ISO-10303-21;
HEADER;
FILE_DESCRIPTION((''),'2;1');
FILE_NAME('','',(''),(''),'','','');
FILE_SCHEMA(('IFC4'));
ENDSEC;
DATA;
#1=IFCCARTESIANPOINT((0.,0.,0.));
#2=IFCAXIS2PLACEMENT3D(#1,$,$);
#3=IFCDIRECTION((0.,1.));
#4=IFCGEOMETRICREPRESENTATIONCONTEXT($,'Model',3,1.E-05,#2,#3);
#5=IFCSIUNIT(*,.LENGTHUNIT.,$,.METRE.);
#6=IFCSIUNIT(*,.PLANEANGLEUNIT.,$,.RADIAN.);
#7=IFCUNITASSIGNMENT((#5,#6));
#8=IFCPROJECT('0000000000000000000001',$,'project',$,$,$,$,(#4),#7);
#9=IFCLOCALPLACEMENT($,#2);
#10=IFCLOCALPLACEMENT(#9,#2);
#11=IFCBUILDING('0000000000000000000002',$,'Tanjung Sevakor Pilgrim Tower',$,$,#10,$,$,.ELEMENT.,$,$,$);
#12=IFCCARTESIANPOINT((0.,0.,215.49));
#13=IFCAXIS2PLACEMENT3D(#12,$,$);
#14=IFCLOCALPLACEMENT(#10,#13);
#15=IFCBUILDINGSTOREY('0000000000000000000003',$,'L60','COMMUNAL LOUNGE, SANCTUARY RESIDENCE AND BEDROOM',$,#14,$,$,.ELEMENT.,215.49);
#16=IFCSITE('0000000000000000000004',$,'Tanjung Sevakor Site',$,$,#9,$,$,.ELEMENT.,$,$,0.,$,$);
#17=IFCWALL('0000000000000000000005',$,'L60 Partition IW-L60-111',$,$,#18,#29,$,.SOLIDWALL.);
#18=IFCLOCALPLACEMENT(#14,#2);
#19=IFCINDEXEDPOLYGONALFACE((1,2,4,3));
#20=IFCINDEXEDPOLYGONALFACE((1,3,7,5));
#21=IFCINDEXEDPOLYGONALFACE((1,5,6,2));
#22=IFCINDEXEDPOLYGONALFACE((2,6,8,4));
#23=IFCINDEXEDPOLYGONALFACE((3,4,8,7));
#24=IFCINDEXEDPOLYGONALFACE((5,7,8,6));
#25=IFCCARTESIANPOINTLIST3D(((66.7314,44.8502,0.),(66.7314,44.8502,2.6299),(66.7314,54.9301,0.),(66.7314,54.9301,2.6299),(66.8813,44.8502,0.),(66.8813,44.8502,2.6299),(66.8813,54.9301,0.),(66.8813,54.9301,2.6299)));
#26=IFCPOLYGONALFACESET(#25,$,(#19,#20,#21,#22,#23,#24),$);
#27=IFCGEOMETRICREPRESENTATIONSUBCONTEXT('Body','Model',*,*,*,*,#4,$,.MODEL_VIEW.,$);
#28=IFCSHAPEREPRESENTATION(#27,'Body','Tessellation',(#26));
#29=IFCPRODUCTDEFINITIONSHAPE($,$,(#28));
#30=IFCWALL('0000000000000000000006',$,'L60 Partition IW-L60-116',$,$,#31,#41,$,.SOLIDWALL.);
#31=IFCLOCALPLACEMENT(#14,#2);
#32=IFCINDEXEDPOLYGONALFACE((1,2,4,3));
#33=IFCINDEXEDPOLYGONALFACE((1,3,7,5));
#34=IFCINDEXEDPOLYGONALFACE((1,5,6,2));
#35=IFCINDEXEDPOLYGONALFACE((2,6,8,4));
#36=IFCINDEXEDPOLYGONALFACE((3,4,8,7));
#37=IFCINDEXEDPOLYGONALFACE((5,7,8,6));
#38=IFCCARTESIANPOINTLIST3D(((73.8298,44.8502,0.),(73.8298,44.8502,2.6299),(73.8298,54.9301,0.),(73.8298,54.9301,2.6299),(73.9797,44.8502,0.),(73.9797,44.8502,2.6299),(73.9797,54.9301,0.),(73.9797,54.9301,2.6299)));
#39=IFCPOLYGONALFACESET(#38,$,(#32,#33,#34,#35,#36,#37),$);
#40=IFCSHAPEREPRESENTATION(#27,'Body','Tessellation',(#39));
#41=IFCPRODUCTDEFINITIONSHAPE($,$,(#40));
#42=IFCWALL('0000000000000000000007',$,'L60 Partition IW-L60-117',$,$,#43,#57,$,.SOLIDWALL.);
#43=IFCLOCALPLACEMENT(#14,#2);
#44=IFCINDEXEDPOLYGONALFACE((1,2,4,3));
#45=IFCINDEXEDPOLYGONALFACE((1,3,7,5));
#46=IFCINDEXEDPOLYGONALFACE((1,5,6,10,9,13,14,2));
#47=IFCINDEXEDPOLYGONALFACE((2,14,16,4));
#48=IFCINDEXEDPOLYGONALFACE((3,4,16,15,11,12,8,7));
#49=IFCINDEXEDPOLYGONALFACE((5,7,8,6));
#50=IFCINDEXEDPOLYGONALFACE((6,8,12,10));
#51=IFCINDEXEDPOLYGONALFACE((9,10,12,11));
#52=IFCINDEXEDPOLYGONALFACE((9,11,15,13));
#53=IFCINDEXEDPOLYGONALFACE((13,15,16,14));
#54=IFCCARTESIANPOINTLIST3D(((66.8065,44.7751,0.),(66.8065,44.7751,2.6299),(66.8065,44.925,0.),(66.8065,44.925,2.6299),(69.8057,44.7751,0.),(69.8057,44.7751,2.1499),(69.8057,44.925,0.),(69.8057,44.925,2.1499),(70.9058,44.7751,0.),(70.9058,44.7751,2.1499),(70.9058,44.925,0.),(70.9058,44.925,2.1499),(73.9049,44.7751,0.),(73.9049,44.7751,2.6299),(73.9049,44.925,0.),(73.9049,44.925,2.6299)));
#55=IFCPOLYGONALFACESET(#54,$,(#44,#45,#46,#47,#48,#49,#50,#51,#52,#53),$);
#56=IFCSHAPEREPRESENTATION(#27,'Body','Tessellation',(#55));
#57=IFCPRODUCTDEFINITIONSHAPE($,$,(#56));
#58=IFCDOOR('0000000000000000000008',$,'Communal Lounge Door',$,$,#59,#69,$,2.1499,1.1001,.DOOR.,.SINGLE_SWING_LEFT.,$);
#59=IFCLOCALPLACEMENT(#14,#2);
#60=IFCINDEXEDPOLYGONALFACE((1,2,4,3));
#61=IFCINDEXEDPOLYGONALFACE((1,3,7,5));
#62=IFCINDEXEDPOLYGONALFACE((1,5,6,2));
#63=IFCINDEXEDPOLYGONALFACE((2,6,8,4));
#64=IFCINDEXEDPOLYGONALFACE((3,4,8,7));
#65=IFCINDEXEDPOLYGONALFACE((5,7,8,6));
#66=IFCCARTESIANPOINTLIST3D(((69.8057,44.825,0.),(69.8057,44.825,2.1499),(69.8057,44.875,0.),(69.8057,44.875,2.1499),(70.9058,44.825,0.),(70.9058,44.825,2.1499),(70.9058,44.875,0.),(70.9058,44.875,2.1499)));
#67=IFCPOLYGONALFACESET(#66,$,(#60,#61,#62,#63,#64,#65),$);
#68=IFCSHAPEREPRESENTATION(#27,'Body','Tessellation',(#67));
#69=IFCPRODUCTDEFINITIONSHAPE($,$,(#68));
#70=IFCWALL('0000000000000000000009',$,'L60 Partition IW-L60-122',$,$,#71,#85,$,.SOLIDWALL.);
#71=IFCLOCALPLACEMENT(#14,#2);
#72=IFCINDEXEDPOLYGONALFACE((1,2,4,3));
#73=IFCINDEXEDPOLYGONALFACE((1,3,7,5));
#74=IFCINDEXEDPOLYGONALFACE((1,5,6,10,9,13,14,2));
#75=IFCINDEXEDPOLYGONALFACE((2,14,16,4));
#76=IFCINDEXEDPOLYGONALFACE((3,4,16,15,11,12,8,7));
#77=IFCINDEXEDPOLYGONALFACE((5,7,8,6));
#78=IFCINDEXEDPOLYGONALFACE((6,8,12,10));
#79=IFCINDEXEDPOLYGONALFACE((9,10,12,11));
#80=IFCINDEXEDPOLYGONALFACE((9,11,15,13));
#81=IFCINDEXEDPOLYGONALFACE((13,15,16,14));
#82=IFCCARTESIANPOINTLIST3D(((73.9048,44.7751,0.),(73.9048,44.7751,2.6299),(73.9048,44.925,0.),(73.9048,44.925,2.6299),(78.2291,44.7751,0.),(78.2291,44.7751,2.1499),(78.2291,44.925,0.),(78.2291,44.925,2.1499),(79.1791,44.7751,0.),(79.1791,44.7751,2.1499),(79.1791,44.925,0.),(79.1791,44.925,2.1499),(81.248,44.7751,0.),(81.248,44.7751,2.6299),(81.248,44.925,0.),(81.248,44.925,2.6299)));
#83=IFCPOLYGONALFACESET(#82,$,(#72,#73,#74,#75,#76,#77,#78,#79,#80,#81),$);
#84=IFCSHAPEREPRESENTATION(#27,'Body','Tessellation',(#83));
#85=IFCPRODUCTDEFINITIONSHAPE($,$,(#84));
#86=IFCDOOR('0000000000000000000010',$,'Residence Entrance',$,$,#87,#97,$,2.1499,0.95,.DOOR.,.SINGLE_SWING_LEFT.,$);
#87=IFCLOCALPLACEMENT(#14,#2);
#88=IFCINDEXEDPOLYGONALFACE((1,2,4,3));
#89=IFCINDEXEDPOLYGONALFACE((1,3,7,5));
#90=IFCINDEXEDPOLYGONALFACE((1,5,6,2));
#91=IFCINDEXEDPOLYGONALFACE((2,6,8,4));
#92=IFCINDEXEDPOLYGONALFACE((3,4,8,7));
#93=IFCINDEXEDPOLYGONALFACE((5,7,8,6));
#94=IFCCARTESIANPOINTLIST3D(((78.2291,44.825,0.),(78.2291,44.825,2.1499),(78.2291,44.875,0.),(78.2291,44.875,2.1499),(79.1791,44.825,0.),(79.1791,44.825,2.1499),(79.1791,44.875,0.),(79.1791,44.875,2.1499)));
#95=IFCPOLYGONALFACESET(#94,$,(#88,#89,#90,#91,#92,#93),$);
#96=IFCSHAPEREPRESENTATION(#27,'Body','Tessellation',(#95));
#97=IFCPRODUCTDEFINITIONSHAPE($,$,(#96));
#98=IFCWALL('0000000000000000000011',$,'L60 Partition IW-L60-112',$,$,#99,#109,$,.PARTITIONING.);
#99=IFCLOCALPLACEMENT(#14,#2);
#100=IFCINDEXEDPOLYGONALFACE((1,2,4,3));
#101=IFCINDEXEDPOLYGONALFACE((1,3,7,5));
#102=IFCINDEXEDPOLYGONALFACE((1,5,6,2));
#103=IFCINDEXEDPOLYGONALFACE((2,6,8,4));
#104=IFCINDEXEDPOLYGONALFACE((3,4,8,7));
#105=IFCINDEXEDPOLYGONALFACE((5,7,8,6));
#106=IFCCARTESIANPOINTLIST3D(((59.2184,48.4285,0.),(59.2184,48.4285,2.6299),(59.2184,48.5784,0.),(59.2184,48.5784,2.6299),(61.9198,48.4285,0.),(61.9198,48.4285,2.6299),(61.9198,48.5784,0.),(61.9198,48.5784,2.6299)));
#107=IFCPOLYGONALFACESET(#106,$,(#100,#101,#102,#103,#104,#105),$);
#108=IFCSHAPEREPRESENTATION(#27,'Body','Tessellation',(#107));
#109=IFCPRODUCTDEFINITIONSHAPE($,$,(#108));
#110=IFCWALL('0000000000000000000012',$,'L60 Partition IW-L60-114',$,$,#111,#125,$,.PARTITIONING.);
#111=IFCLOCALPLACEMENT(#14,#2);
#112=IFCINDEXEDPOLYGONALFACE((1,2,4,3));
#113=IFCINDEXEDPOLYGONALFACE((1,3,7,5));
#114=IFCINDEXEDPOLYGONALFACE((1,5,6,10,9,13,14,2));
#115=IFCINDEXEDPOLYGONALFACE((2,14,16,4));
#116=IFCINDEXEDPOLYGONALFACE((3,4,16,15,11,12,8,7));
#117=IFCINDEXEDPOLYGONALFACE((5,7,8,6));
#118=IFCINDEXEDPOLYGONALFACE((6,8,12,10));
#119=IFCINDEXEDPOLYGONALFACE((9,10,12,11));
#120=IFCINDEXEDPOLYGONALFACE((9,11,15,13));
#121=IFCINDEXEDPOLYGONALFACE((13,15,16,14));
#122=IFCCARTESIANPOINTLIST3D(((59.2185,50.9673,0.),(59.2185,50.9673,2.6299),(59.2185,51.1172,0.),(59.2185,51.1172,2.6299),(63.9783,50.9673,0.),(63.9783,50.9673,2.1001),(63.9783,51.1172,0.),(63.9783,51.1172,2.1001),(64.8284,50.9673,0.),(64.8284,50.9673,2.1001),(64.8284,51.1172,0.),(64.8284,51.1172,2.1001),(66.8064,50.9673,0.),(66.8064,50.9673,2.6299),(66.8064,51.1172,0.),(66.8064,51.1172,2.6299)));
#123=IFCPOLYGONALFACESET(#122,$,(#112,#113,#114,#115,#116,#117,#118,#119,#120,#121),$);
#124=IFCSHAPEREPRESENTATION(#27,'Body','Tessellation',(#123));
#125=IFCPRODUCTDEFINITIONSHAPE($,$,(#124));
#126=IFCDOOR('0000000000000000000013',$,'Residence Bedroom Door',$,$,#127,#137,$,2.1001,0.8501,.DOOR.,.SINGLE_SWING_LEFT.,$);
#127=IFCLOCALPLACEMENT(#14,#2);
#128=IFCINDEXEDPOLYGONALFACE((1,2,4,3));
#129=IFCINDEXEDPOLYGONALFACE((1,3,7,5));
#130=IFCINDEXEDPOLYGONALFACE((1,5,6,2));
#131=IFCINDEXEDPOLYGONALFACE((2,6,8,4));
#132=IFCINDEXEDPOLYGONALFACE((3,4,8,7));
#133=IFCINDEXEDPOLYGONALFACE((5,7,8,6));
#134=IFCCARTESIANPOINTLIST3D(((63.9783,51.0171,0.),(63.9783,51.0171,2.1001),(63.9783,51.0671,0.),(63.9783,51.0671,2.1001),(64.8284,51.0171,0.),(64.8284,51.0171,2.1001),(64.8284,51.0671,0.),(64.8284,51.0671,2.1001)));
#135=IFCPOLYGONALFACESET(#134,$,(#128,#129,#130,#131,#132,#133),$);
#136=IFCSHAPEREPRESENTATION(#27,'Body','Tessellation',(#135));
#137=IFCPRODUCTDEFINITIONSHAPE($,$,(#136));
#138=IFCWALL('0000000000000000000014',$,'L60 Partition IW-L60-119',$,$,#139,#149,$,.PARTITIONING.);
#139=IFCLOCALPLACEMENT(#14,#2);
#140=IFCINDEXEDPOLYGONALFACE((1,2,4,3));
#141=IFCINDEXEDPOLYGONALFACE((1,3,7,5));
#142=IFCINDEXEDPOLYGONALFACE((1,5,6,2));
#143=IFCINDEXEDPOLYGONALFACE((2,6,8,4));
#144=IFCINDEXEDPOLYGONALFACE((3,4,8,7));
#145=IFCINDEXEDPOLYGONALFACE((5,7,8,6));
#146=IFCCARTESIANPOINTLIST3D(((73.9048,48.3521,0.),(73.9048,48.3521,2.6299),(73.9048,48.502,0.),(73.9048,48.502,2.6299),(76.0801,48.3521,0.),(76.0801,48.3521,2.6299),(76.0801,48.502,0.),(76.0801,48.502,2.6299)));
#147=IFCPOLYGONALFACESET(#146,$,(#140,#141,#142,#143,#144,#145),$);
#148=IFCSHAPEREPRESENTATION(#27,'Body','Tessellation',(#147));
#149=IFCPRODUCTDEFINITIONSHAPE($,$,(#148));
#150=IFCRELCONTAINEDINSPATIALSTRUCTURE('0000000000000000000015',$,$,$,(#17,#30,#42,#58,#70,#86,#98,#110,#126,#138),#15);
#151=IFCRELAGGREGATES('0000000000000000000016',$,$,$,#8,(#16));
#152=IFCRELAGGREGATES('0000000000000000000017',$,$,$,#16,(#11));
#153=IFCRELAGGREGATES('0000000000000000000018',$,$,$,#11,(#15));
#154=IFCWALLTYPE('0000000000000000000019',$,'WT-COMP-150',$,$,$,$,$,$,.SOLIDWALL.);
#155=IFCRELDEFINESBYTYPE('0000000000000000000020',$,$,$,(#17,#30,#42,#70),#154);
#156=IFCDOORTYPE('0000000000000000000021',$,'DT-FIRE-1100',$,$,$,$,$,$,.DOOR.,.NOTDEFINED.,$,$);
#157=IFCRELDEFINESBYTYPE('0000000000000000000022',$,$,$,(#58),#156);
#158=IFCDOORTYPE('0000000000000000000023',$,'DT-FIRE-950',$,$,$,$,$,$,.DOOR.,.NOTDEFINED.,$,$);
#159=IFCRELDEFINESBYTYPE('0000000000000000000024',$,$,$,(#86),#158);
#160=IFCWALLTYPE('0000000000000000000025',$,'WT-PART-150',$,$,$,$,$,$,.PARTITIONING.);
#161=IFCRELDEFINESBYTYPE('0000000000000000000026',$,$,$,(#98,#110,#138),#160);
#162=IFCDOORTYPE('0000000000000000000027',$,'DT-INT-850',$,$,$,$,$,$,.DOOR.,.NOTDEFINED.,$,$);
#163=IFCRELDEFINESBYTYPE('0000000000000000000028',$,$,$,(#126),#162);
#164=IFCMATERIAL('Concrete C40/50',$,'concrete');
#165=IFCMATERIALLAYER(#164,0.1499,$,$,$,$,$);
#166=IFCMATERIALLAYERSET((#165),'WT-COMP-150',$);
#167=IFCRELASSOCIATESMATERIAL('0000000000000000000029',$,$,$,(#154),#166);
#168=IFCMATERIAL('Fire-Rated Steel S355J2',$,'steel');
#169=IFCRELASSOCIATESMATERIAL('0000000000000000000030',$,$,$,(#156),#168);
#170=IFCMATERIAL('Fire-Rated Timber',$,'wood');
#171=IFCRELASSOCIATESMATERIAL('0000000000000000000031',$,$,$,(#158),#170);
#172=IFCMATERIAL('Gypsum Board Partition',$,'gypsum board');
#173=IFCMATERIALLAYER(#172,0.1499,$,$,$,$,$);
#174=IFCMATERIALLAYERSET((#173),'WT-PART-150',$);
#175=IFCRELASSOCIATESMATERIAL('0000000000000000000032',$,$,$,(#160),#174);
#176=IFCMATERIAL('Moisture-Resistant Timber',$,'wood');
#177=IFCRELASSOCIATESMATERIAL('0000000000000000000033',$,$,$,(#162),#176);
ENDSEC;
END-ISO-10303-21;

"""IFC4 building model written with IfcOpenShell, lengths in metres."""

from ifc_helpers import new_model, si_unit, direction, frame, frame_2d, origin, place, context, subcontext, project, spatial, rectangle, extrude, material, layer, layer_set, type_object, element, fill, save


model = new_model("IFC4")

# Units and contexts
model_context = context("Model", 3, precision=1e-05, world=origin(), true_north=direction((0.0, 1.0)))
body_context = subcontext(model_context, "Body", "Model", "MODEL_VIEW")
ifc_project = project(units=[si_unit("LENGTHUNIT", "METRE"), si_unit("PLANEANGLEUNIT", "RADIAN")], contexts=[model_context])

# Site, building, storey
site_placement = place(None, origin())
site = spatial("IfcSite", under=ifc_project, at=site_placement, Name="Tanjung Sevakor Site", CompositionType="ELEMENT", RefElevation=0.0)
building_placement = place(site_placement, origin())
building = spatial("IfcBuilding", under=site, at=building_placement, Name="Tanjung Sevakor Pilgrim Tower", CompositionType="ELEMENT")
storey_placement = place(building_placement, frame((0.0, 0.0, 215.49)))
storey = spatial("IfcBuildingStorey", under=building, at=storey_placement, Name="L60", Description="COMMUNAL LOUNGE, SANCTUARY RESIDENCE AND BEDROOM", CompositionType="ELEMENT", Elevation=215.49)

# Walls
ifc_material_1 = material(Name="Concrete C40/50", Category="concrete")
ifc_layer_1 = layer(ifc_material_1, 0.1499)
ifc_layer_set_1 = layer_set([ifc_layer_1], Name="WT-COMP-150")
wall_type_1 = type_object("IfcWallType", Name="WT-COMP-150", PredefinedType="SOLIDWALL", material=ifc_layer_set_1)
for number, where, z_axis, x_axis, name in (
    (1, (66.8064, 44.8501, 0.0), (0.0, 0.0, 1.0), (0.0, 1.0, 0.0), "L60 Partition IW-L60-111"),
    (2, (73.9048, 44.8501, 0.0), (0.0, 0.0, 1.0), (0.0, 1.0, 0.0), "L60 Partition IW-L60-116"),
):
    element("IfcWall", number, at=place(storey_placement, frame(where, z_axis=z_axis, x_axis=x_axis)), inside=storey, type_object=wall_type_1, Name=name, PredefinedType="SOLIDWALL", context=body_context, shape_type="SweptSolid", body=[
        extrude(rectangle(XDim=10.0798, YDim=0.1499, at=frame_2d((5.04, 0.0))), origin(), (0.0, 0.0, 1.0), 2.6299),
    ])

# Walls, openings, doors
wall_1_placement = place(storey_placement, frame((66.8064, 44.8501, 0.0), z_axis=(0.0, 0.0, 1.0), x_axis=(1.0, 0.0, 0.0)))
wall_1 = element("IfcWall", 3, at=wall_1_placement, inside=storey, type_object=wall_type_1, Name="L60 Partition IW-L60-117", PredefinedType="SOLIDWALL", context=body_context, shape_type="SweptSolid", body=[
    extrude(rectangle(XDim=7.0984, YDim=0.1499, at=frame_2d((3.5493, 0.0))), origin(), (0.0, 0.0, 1.0), 2.6299),
])
opening_1_placement = place(wall_1_placement, frame((2.9993, 0.0, 0.0)))
opening_1 = element("IfcOpeningElement", 4, at=opening_1_placement, cuts=wall_1, PredefinedType="OPENING", context=body_context, shape_type="SweptSolid", body=[
    extrude(rectangle(XDim=1.1001, YDim=2.1499, at=frame_2d((0.55, 1.075))), frame((0.0, 0.085, 0.0), z_axis=(0.0, -1.0, 0.0), x_axis=(1.0, 0.0, 0.0)), (0.0, 0.0, 1.0), 0.1699),
])
ifc_material_2 = material(Name="Fire-Rated Steel S355J2", Category="steel")
door_type_1 = type_object("IfcDoorType", Name="DT-FIRE-1100", OperationType="NOTDEFINED", PredefinedType="DOOR", material=ifc_material_2)
door_1_placement = place(opening_1_placement, origin())
door_1 = element("IfcDoor", 5, at=door_1_placement, inside=storey, type_object=door_type_1, Name="Communal Lounge Door", OperationType="SINGLE_SWING_LEFT", OverallHeight=2.1499, OverallWidth=1.1001, PredefinedType="DOOR", context=body_context, shape_type="SweptSolid", body=[
    extrude(rectangle(XDim=1.1001, YDim=2.1499, at=frame_2d((0.55, 1.075))), frame((0.0, 0.0249, 0.0), z_axis=(0.0, -1.0, 0.0), x_axis=(1.0, 0.0, 0.0)), (0.0, 0.0, 1.0), 0.05),
])
fill(opening_1, door_1)
wall_2_placement = place(storey_placement, frame((73.9048, 44.8501, 0.0), z_axis=(0.0, 0.0, 1.0), x_axis=(1.0, 0.0, 0.0)))
wall_2 = element("IfcWall", 6, at=wall_2_placement, inside=storey, type_object=wall_type_1, Name="L60 Partition IW-L60-122", PredefinedType="SOLIDWALL", context=body_context, shape_type="SweptSolid", body=[
    extrude(rectangle(XDim=7.3433, YDim=0.1499, at=frame_2d((3.6716, 0.0))), origin(), (0.0, 0.0, 1.0), 2.6299),
])
opening_2_placement = place(wall_2_placement, frame((4.3242, 0.0, 0.0)))
opening_2 = element("IfcOpeningElement", 7, at=opening_2_placement, cuts=wall_2, PredefinedType="OPENING", context=body_context, shape_type="SweptSolid", body=[
    extrude(rectangle(XDim=0.95, YDim=2.1499, at=frame_2d((0.4751, 1.075))), frame((0.0, 0.085, 0.0), z_axis=(0.0, -1.0, 0.0), x_axis=(1.0, 0.0, 0.0)), (0.0, 0.0, 1.0), 0.1699),
])
ifc_material_3 = material(Name="Fire-Rated Timber", Category="wood")
door_type_2 = type_object("IfcDoorType", Name="DT-FIRE-950", OperationType="NOTDEFINED", PredefinedType="DOOR", material=ifc_material_3)
door_2_placement = place(opening_2_placement, origin())
door_2 = element("IfcDoor", 8, at=door_2_placement, inside=storey, type_object=door_type_2, Name="Residence Entrance", OperationType="SINGLE_SWING_LEFT", OverallHeight=2.1499, OverallWidth=0.95, PredefinedType="DOOR", context=body_context, shape_type="SweptSolid", body=[
    extrude(rectangle(XDim=0.95, YDim=2.1499, at=frame_2d((0.4751, 1.075))), frame((0.0, 0.0249, 0.0), z_axis=(0.0, -1.0, 0.0), x_axis=(1.0, 0.0, 0.0)), (0.0, 0.0, 1.0), 0.05),
])
fill(opening_2, door_2)

# Wall
ifc_material_4 = material(Name="Gypsum Board Partition", Category="gypsum board")
ifc_layer_2 = layer(ifc_material_4, 0.1499)
ifc_layer_set_2 = layer_set([ifc_layer_2], Name="WT-PART-150")
wall_type_2 = type_object("IfcWallType", Name="WT-PART-150", PredefinedType="PARTITIONING", material=ifc_layer_set_2)
wall_3_placement = place(storey_placement, frame((59.2185, 48.5034, 0.0), z_axis=(0.0, 0.0, 1.0), x_axis=(1.0, 0.0, 0.0)))
element("IfcWall", 9, at=wall_3_placement, inside=storey, type_object=wall_type_2, Name="L60 Partition IW-L60-112", PredefinedType="PARTITIONING", context=body_context, shape_type="SweptSolid", body=[
    extrude(rectangle(XDim=2.7014, YDim=0.1499, at=frame_2d((1.3506, 0.0))), origin(), (0.0, 0.0, 1.0), 2.6299),
])

# Wall, opening, door
wall_4_placement = place(storey_placement, frame((59.2185, 51.0422, 0.0), z_axis=(0.0, 0.0, 1.0), x_axis=(1.0, 0.0, 0.0)))
wall_4 = element("IfcWall", 10, at=wall_4_placement, inside=storey, type_object=wall_type_2, Name="L60 Partition IW-L60-114", PredefinedType="PARTITIONING", context=body_context, shape_type="SweptSolid", body=[
    extrude(rectangle(XDim=7.5879, YDim=0.1499, at=frame_2d((3.7939, 0.0))), origin(), (0.0, 0.0, 1.0), 2.6299),
])
opening_3_placement = place(wall_4_placement, frame((4.7598, 0.0, 0.0)))
opening_3 = element("IfcOpeningElement", 11, at=opening_3_placement, cuts=wall_4, PredefinedType="OPENING", context=body_context, shape_type="SweptSolid", body=[
    extrude(rectangle(XDim=0.8501, YDim=2.1001, at=frame_2d((0.425, 1.05))), frame((0.0, 0.085, 0.0), z_axis=(0.0, -1.0, 0.0), x_axis=(1.0, 0.0, 0.0)), (0.0, 0.0, 1.0), 0.1699),
])
ifc_material_5 = material(Name="Moisture-Resistant Timber", Category="wood")
door_type_3 = type_object("IfcDoorType", Name="DT-INT-850", OperationType="NOTDEFINED", PredefinedType="DOOR", material=ifc_material_5)
door_3_placement = place(opening_3_placement, origin())
door_3 = element("IfcDoor", 12, at=door_3_placement, inside=storey, type_object=door_type_3, Name="Residence Bedroom Door", OperationType="SINGLE_SWING_LEFT", OverallHeight=2.1001, OverallWidth=0.8501, PredefinedType="DOOR", context=body_context, shape_type="SweptSolid", body=[
    extrude(rectangle(XDim=0.8501, YDim=2.1001, at=frame_2d((0.425, 1.05))), frame((0.0, 0.0249, 0.0), z_axis=(0.0, -1.0, 0.0), x_axis=(1.0, 0.0, 0.0)), (0.0, 0.0, 1.0), 0.05),
])
fill(opening_3, door_3)

# Wall
wall_5_placement = place(storey_placement, frame((73.9048, 48.427, 0.0), z_axis=(0.0, 0.0, 1.0), x_axis=(1.0, 0.0, 0.0)))
element("IfcWall", 13, at=wall_5_placement, inside=storey, type_object=wall_type_2, Name="L60 Partition IW-L60-119", PredefinedType="PARTITIONING", context=body_context, shape_type="SweptSolid", body=[
    extrude(rectangle(XDim=2.1753, YDim=0.1499, at=frame_2d((1.0876, 0.0))), origin(), (0.0, 0.0, 1.0), 2.6299),
])

save(model, "model.ifc")
